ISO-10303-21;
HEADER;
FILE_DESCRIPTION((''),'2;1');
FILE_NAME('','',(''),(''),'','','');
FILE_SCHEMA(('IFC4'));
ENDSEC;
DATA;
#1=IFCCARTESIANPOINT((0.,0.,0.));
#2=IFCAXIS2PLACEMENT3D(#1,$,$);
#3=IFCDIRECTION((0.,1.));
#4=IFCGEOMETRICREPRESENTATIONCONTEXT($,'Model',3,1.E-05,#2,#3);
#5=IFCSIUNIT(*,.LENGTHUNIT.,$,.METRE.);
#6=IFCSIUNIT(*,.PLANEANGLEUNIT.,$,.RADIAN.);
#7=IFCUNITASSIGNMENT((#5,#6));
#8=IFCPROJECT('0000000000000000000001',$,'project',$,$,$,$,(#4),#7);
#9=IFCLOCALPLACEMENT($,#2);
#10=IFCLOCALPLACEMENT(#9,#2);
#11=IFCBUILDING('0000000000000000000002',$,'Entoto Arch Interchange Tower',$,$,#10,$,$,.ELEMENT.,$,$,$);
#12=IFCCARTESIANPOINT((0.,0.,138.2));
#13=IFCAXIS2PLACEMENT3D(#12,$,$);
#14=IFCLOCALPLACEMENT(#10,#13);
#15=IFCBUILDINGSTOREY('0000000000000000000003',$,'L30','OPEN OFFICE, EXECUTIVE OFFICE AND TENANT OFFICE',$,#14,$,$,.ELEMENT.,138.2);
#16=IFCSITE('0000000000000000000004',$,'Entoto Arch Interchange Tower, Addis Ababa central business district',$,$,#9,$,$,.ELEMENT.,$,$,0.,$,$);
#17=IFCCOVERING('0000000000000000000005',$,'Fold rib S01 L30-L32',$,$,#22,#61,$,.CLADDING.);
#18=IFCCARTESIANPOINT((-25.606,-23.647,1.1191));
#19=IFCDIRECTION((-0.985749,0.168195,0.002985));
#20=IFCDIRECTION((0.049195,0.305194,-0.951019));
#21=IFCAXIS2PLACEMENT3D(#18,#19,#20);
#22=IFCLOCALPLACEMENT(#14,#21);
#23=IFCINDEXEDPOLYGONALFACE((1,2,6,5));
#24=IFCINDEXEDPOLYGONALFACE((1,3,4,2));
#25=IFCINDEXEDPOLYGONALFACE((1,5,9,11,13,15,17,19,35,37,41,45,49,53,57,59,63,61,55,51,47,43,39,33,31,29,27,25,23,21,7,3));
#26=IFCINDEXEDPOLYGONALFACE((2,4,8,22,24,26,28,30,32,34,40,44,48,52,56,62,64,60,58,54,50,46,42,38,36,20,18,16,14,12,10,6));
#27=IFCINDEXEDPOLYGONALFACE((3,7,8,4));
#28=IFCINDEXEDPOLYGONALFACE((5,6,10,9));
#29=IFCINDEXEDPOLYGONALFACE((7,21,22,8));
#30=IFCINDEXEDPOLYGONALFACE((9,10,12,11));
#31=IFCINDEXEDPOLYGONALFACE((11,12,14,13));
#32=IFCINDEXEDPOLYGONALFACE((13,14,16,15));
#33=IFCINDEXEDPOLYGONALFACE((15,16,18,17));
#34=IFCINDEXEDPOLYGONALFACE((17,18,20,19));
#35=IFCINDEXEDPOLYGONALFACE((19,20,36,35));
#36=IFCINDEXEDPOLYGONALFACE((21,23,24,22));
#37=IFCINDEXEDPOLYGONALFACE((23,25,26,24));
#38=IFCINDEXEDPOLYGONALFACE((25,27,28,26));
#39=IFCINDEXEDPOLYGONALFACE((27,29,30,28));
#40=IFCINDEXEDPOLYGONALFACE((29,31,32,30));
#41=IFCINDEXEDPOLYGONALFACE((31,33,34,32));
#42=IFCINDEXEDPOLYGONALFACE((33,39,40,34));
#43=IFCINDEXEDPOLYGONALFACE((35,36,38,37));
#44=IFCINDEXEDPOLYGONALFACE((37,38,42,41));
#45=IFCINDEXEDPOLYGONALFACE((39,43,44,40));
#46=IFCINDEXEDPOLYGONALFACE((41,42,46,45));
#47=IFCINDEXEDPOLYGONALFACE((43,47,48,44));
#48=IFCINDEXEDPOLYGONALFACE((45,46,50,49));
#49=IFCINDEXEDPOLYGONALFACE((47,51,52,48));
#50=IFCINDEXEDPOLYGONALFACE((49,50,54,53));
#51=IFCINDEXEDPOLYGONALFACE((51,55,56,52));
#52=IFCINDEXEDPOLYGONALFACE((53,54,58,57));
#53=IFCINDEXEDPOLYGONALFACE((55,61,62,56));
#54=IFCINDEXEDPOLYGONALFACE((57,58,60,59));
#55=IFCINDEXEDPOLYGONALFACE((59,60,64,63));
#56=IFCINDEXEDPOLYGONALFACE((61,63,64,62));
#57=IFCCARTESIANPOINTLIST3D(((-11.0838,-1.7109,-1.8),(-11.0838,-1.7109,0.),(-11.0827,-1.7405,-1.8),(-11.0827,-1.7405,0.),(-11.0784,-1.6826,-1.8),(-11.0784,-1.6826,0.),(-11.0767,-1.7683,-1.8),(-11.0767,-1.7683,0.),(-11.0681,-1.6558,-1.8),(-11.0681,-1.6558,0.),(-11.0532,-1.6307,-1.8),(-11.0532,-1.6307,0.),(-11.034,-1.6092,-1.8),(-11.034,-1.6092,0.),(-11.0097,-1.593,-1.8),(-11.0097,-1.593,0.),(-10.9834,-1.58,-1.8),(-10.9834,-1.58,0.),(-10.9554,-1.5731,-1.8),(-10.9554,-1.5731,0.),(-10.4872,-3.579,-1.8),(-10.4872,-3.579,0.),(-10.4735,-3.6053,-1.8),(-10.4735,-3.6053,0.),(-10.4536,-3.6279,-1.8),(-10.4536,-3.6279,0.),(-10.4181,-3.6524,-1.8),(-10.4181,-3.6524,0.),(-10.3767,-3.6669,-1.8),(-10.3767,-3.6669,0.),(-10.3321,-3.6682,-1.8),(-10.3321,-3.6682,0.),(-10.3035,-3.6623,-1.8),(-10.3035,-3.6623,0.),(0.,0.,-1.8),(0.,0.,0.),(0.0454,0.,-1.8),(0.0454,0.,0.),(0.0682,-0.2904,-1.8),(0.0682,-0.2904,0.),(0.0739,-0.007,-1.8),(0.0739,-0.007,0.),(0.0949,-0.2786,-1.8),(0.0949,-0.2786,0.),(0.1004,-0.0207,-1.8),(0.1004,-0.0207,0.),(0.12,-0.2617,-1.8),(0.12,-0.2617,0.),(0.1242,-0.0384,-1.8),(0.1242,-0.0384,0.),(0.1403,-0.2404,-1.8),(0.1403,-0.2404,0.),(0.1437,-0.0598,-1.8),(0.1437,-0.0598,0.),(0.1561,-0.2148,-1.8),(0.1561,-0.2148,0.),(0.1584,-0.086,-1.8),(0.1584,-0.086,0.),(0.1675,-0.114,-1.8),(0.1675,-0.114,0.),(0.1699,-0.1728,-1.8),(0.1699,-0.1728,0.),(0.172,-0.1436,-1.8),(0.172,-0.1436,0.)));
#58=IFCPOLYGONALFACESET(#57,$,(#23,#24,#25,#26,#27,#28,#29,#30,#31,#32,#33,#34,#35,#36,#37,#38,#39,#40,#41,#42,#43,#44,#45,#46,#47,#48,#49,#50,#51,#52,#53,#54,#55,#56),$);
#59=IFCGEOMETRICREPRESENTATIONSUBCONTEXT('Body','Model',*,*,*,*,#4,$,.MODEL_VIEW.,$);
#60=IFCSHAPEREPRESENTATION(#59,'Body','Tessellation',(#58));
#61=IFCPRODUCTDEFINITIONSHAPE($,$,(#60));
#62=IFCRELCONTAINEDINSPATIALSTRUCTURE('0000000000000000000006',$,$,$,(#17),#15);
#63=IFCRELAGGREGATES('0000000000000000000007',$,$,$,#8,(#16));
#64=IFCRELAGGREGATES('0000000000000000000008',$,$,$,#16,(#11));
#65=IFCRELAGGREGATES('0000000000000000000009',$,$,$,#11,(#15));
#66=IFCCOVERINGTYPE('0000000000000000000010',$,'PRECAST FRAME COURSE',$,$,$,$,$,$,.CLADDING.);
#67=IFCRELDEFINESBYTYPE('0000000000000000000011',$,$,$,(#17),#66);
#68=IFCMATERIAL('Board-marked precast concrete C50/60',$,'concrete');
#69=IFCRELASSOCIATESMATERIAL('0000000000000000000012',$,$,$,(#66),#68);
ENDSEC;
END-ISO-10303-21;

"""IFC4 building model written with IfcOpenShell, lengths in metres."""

from ifc_helpers import new_model, si_unit, direction, frame, origin, place, context, subcontext, project, spatial, polyline, outline, extrude, material, type_object, element, save


model = new_model("IFC4")

# Units and contexts
model_context = context("Model", 3, precision=1e-05, world=origin(), true_north=direction((0.0, 1.0)))
body_context = subcontext(model_context, "Body", "Model", "MODEL_VIEW")
ifc_project = project(units=[si_unit("LENGTHUNIT", "METRE"), si_unit("PLANEANGLEUNIT", "RADIAN")], contexts=[model_context])

# Site, building, storey
site_placement = place(None, origin())
site = spatial("IfcSite", under=ifc_project, at=site_placement, Name="Entoto Arch Interchange Tower, Addis Ababa central business district", CompositionType="ELEMENT", RefElevation=0.0)
building_placement = place(site_placement, origin())
building = spatial("IfcBuilding", under=site, at=building_placement, Name="Entoto Arch Interchange Tower", CompositionType="ELEMENT")
storey_placement = place(building_placement, frame((0.0, 0.0, 138.2)))
storey = spatial("IfcBuildingStorey", under=building, at=storey_placement, Name="L30", Description="OPEN OFFICE, EXECUTIVE OFFICE AND TENANT OFFICE", CompositionType="ELEMENT", Elevation=138.2)

# Shared definitions
ifc_material_1 = material(Name="Board-marked precast concrete C50/60", Category="concrete")

# Covering
covering_type = type_object("IfcCoveringType", Name="PRECAST FRAME COURSE", PredefinedType="CLADDING", material=ifc_material_1)
covering_1_placement = place(storey_placement, frame((-25.606, -23.647, 1.1191), z_axis=(-0.985749, 0.168195, 0.002985), x_axis=(0.049195, 0.305194, -0.951019)))
element("IfcCovering", 1, at=covering_1_placement, inside=storey, type_object=covering_type, Name="Fold rib S01 L30-L32", PredefinedType="CLADDING", context=body_context, shape_type="SweptSolid", body=[
    extrude(outline(polyline([(0.0, 0.0), (0.0454, 0.0), (0.0739, -0.007), (0.1004, -0.0207), (0.1242, -0.0384), (0.1437, -0.0598), (0.1584, -0.086), (0.1675, -0.114), (0.172, -0.1436), (0.1699, -0.1728), (0.1561, -0.2148), (0.1403, -0.2404), (0.12, -0.2617), (0.0949, -0.2786), (0.0682, -0.2904), (-10.3035, -3.6623), (-10.3321, -3.6682), (-10.3767, -3.6669), (-10.4181, -3.6524), (-10.4536, -3.6279), (-10.4735, -3.6053), (-10.4872, -3.579), (-11.0767, -1.7683), (-11.0827, -1.7405), (-11.0838, -1.7109), (-11.0784, -1.6826), (-11.0681, -1.6558), (-11.0532, -1.6307), (-11.034, -1.6092), (-11.0097, -1.593), (-10.9834, -1.58), (-10.9554, -1.5731), (0.0, 0.0)])), origin(), (0.0, 0.0, -1.0), 1.8),
])

save(model, "model.ifc")
